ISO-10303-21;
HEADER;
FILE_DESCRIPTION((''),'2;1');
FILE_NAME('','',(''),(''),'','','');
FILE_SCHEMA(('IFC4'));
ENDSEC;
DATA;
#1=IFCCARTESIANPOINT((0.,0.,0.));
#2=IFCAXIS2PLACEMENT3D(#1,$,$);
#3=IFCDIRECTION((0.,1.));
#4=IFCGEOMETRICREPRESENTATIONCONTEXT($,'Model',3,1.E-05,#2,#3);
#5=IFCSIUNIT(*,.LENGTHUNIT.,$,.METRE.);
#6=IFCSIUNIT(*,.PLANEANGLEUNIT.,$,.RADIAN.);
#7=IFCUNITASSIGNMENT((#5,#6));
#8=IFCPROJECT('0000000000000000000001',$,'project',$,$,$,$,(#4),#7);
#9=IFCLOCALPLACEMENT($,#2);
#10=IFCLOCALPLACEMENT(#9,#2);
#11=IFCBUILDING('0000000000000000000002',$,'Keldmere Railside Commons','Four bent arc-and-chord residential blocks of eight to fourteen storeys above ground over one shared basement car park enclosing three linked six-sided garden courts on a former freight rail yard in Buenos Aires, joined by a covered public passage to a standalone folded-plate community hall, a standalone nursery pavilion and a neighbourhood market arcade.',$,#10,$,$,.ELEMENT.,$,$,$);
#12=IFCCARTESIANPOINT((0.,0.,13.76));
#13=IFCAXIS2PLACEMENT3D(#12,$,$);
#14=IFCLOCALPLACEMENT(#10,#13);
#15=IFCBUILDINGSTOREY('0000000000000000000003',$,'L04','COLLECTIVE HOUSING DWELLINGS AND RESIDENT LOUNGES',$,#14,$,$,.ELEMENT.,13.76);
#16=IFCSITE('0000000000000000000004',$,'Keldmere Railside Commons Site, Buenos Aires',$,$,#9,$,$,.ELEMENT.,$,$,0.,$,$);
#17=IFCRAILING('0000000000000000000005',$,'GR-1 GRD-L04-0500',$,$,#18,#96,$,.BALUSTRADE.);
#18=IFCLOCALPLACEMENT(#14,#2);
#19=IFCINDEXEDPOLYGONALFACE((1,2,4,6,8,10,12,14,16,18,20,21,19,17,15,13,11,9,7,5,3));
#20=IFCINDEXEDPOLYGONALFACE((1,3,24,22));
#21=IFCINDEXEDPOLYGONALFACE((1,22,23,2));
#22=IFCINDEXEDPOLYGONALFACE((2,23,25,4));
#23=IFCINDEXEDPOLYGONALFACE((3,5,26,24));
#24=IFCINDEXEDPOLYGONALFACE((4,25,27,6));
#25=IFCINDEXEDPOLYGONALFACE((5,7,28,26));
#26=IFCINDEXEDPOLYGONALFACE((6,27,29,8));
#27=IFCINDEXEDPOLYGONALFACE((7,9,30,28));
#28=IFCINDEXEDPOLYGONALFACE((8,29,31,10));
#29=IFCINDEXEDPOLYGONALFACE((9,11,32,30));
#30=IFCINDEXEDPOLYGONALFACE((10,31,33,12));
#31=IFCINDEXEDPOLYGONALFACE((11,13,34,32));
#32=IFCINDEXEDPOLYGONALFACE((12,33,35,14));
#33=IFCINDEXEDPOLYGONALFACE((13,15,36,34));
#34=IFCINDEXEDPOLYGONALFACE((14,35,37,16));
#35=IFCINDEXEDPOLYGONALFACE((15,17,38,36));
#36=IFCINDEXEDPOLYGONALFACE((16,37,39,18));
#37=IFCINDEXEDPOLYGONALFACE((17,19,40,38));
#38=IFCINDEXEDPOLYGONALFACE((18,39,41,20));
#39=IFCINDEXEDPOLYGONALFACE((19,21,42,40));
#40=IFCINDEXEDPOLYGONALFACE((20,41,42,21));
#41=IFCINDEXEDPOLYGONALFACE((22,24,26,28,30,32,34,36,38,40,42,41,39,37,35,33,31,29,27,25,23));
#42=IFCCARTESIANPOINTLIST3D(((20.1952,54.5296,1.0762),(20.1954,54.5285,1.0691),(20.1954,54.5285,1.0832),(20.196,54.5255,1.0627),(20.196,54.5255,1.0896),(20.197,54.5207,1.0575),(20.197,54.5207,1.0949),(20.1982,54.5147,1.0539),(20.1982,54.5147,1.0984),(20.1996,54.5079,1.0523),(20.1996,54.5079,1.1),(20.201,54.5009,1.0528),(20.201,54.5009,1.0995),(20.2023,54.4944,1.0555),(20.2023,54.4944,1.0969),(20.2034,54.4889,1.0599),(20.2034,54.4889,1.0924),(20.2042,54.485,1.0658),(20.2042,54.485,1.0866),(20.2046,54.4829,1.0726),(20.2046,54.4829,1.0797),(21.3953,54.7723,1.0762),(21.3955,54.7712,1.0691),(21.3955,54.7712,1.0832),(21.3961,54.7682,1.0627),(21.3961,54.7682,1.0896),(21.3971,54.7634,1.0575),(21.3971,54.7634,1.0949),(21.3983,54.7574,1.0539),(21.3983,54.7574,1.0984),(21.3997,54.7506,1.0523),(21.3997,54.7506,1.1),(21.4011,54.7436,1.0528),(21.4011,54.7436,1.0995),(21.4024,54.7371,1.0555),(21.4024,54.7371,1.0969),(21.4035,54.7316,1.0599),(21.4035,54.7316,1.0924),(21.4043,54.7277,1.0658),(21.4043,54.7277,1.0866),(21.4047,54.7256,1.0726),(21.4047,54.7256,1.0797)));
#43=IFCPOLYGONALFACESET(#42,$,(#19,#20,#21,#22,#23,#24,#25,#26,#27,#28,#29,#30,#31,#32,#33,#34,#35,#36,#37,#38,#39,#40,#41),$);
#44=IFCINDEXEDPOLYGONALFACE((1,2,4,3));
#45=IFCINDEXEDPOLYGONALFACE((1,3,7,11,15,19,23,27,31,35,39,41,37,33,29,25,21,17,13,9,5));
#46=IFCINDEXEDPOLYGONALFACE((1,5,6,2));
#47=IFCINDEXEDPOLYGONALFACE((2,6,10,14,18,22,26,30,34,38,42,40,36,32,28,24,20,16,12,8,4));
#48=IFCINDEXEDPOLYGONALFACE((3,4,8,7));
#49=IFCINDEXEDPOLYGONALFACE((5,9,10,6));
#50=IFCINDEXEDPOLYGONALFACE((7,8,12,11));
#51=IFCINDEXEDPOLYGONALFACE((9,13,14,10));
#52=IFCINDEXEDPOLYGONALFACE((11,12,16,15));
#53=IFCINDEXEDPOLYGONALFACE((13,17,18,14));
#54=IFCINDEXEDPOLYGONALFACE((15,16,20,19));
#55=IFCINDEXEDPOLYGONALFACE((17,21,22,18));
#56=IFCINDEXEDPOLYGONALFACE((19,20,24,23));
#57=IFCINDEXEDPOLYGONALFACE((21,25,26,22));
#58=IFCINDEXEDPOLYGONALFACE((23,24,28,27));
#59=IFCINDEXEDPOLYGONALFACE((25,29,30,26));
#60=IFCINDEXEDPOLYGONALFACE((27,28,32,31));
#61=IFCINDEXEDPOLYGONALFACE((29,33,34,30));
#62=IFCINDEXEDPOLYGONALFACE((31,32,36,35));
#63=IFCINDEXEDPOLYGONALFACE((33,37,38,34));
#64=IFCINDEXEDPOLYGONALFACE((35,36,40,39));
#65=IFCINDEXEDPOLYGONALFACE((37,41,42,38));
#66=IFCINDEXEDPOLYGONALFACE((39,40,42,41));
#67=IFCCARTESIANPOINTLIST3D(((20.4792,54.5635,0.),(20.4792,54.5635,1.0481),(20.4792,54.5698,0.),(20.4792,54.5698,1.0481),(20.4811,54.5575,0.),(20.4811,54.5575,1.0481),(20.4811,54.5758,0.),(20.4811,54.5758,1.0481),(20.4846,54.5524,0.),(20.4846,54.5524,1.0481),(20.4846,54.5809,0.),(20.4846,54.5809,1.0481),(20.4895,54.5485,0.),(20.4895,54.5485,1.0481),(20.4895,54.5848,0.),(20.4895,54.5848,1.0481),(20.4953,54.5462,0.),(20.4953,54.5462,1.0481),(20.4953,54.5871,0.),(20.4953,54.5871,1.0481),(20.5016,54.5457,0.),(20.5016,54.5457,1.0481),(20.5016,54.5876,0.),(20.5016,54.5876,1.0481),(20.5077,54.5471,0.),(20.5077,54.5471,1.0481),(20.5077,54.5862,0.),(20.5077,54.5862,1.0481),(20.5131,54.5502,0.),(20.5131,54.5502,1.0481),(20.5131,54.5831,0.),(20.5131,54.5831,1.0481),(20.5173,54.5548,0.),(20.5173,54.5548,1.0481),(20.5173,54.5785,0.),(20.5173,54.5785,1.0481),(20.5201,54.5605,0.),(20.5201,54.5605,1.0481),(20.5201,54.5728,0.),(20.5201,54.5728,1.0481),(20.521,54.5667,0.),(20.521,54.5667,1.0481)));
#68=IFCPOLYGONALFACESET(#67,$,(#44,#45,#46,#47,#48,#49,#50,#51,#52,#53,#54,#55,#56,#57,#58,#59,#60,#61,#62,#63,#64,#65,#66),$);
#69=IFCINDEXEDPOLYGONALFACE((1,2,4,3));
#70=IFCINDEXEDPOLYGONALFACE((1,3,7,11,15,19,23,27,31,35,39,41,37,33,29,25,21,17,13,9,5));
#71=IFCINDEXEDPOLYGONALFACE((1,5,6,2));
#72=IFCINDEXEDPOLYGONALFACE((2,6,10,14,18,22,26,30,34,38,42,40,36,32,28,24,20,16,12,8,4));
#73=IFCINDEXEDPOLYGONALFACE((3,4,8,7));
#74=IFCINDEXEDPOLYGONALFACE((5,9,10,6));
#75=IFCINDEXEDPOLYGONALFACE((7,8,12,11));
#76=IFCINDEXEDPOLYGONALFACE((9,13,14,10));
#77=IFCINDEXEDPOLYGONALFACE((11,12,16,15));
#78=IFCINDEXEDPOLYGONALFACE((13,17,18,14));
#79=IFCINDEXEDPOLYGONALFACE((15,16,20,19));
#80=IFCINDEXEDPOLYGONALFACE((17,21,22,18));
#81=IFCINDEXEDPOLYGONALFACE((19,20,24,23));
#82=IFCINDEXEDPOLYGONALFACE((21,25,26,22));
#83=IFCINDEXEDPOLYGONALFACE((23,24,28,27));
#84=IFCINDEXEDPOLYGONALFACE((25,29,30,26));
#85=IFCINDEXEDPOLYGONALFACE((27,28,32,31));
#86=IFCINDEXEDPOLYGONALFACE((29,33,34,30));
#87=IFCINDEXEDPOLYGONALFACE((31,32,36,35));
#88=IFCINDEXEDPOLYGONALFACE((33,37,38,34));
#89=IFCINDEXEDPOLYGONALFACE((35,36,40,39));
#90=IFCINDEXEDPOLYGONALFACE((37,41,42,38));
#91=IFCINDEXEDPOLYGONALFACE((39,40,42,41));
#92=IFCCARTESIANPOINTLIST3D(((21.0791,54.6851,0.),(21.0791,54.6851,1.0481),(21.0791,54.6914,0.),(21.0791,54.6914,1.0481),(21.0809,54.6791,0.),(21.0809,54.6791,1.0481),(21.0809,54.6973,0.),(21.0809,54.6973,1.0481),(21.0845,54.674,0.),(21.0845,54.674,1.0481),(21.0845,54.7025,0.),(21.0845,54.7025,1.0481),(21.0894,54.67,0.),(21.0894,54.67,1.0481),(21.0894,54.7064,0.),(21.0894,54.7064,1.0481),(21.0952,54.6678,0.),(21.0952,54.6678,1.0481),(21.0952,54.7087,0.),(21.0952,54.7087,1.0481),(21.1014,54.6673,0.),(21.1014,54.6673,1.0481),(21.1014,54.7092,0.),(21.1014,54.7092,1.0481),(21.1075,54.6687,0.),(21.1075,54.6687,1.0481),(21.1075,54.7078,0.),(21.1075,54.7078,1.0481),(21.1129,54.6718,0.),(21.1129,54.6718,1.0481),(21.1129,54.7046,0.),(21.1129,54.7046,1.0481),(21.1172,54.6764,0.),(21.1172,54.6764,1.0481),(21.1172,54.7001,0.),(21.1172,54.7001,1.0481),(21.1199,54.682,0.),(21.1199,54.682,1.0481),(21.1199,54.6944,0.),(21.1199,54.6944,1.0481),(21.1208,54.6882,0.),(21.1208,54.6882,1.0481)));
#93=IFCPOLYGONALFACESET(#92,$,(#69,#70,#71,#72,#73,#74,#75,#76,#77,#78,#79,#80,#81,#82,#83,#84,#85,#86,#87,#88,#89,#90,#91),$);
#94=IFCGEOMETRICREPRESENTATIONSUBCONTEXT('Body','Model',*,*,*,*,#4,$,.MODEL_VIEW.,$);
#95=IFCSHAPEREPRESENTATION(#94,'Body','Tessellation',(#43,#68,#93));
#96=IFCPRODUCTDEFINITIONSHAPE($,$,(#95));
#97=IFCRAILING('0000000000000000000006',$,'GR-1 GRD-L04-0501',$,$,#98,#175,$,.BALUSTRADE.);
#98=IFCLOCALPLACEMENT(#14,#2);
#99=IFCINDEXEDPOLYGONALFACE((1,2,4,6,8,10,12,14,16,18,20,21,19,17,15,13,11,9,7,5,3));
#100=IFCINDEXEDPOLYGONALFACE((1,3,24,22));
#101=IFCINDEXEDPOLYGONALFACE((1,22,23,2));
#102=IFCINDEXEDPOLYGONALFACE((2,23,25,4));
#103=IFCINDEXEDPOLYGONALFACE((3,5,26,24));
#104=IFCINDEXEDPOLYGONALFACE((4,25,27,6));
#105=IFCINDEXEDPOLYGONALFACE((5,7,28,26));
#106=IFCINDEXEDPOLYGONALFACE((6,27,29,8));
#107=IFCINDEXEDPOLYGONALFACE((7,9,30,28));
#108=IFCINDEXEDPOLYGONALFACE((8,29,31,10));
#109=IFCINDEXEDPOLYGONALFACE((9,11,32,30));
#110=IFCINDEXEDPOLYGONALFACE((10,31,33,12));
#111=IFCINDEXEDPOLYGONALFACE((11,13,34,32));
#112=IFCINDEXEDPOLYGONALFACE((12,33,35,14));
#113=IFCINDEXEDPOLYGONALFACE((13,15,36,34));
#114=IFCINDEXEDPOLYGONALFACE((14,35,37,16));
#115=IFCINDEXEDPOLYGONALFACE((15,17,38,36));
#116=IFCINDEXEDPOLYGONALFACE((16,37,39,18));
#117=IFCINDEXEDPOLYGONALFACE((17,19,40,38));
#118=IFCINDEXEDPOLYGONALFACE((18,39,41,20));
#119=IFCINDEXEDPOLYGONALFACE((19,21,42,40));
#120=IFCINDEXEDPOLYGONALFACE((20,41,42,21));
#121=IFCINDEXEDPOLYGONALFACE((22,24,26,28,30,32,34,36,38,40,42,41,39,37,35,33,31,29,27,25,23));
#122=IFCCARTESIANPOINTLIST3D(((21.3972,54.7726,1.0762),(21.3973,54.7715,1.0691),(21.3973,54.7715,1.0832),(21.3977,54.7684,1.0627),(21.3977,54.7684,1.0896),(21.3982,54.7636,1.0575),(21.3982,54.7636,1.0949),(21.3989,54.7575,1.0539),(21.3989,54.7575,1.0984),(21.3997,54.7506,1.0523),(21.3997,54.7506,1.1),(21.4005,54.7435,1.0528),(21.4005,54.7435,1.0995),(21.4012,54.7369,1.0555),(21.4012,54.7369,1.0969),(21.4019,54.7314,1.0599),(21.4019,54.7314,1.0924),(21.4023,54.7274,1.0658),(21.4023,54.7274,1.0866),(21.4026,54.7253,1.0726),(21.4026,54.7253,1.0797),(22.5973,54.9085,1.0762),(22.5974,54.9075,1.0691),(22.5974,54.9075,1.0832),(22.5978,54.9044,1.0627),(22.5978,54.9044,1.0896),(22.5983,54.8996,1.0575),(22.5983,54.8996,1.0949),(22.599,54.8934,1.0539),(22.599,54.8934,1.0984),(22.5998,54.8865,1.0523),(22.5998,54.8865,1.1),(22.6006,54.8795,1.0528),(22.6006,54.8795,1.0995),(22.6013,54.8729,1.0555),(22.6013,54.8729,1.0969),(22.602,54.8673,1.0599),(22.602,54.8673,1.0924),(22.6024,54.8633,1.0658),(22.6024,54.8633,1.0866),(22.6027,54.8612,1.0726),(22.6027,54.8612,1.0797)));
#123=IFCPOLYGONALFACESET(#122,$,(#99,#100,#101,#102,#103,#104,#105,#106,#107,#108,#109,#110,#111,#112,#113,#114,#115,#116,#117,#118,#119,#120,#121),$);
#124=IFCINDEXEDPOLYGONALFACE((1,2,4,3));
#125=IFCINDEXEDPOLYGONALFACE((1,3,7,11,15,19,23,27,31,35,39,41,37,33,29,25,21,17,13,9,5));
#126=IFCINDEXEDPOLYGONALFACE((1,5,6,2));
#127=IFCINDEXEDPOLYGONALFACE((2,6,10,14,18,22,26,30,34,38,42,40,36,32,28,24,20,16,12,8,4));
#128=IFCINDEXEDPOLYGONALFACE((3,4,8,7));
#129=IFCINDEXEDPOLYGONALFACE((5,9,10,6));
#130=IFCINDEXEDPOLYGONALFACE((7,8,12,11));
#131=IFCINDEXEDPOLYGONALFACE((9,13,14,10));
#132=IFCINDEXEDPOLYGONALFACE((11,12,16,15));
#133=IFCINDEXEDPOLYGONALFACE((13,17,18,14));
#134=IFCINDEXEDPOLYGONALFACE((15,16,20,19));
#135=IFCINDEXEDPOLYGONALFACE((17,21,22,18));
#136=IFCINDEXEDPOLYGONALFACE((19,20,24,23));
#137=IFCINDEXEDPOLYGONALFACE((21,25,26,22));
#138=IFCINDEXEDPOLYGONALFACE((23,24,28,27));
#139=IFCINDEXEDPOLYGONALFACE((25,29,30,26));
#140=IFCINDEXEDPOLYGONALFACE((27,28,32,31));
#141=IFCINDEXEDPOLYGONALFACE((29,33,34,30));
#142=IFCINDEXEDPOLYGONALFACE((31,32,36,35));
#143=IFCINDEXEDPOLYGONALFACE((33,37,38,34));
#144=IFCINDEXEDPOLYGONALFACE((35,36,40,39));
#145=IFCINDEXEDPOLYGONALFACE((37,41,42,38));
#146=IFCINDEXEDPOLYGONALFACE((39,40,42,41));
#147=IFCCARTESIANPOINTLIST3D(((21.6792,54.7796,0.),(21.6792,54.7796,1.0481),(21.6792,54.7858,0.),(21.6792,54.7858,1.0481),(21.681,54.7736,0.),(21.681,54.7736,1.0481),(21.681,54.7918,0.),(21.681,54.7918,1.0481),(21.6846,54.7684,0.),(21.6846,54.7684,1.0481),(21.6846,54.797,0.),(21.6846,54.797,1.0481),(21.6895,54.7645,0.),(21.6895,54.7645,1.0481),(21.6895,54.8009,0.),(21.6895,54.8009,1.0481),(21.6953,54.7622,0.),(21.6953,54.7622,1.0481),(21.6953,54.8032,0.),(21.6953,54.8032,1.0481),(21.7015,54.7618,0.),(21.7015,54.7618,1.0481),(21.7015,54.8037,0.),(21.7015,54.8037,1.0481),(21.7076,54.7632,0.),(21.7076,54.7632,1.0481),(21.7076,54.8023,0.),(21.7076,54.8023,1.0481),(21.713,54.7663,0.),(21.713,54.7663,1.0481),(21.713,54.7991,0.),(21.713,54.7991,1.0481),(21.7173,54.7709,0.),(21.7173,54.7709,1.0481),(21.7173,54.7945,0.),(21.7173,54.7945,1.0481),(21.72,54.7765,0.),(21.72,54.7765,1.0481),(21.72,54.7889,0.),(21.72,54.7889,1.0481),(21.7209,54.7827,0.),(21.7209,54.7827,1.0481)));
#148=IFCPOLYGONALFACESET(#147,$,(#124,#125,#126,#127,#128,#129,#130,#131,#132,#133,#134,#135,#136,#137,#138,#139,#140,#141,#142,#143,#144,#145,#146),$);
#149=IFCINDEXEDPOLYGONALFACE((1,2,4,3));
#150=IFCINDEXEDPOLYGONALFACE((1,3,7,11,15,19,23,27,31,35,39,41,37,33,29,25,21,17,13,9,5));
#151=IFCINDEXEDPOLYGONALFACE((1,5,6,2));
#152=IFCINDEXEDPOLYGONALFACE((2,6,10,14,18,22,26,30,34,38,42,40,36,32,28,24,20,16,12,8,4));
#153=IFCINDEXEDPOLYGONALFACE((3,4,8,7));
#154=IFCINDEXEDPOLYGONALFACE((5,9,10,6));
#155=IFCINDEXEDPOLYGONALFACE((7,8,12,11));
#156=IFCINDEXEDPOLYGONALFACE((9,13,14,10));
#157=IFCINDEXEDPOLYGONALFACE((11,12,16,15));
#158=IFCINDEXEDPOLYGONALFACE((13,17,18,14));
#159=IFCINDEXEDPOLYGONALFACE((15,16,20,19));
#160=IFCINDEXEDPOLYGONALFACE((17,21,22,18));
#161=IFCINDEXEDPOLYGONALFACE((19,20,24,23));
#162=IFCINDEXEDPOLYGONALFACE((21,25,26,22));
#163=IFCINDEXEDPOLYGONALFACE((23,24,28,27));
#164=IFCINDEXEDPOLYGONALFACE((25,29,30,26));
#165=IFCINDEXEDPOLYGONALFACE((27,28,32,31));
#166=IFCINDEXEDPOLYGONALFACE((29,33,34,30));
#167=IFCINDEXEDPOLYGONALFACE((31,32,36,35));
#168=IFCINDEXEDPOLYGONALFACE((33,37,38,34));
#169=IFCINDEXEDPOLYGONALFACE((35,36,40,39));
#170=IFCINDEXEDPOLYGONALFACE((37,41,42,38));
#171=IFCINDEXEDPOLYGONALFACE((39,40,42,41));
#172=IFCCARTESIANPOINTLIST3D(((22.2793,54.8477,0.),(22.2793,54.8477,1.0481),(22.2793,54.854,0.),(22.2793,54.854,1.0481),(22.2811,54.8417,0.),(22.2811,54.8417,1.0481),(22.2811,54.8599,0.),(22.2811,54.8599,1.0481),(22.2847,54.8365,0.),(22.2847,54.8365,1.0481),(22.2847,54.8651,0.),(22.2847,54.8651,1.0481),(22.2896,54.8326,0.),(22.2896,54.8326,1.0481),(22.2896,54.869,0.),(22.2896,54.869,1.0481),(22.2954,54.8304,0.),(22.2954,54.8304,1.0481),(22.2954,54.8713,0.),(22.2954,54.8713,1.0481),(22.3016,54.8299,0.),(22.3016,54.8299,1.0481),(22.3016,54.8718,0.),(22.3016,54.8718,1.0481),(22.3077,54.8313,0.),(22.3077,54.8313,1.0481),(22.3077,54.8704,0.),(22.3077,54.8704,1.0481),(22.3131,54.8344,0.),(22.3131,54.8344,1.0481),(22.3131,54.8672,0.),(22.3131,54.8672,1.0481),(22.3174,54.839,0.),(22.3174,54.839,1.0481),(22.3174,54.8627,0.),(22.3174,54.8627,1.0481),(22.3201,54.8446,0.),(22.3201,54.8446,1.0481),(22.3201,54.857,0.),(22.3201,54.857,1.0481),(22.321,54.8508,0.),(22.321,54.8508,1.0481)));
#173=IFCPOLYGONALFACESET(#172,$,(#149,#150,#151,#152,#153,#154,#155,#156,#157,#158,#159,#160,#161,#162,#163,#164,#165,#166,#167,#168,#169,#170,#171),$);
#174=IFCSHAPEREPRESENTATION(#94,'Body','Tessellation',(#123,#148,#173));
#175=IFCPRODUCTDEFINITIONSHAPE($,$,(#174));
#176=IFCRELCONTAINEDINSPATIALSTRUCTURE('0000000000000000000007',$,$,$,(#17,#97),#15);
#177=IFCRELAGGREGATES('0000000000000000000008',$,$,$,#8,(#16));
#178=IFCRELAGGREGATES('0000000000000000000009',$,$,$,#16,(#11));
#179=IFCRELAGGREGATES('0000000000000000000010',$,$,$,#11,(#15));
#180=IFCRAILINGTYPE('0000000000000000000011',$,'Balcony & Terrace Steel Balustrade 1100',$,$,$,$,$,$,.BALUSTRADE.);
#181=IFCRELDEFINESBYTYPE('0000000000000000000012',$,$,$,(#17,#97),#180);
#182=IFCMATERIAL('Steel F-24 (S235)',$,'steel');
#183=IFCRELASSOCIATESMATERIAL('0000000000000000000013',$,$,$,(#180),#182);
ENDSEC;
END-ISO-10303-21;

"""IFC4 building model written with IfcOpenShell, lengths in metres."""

from ifc_helpers import new_model, si_unit, direction, frame, origin, origin_2d, place, context, subcontext, project, spatial, circle, extrude, material, type_object, element, save


model = new_model("IFC4")

# Units and contexts
model_context = context("Model", 3, precision=1e-05, world=origin(), true_north=direction((0.0, 1.0)))
body_context = subcontext(model_context, "Body", "Model", "MODEL_VIEW")
ifc_project = project(units=[si_unit("LENGTHUNIT", "METRE"), si_unit("PLANEANGLEUNIT", "RADIAN")], contexts=[model_context])

# Site, building, storey
site_placement = place(None, origin())
site = spatial("IfcSite", under=ifc_project, at=site_placement, Name="Keldmere Railside Commons Site, Buenos Aires", CompositionType="ELEMENT", RefElevation=0.0)
building_placement = place(site_placement, origin())
building = spatial("IfcBuilding", under=site, at=building_placement, Name="Keldmere Railside Commons", Description="Four bent arc-and-chord residential blocks of eight to fourteen storeys above ground over one shared basement car park enclosing three linked six-sided garden courts on a former freight rail yard in Buenos Aires, joined by a covered public passage to a standalone folded-plate community hall, a standalone nursery pavilion and a neighbourhood market arcade.", CompositionType="ELEMENT")
storey_placement = place(building_placement, frame((0.0, 0.0, 13.76)))
storey = spatial("IfcBuildingStorey", under=building, at=storey_placement, Name="L04", Description="COLLECTIVE HOUSING DWELLINGS AND RESIDENT LOUNGES", CompositionType="ELEMENT", Elevation=13.76)

# Railings
ifc_material_1 = material(Name="Steel F-24 (S235)", Category="steel")
railing_type = type_object("IfcRailingType", Name="Balcony & Terrace Steel Balustrade 1100", PredefinedType="BALUSTRADE", material=ifc_material_1)
railing_1_placement = place(storey_placement, frame((20.2, 54.5061, 0.0)))
element("IfcRailing", 1, at=railing_1_placement, inside=storey, type_object=railing_type, Name="GR-1 GRD-L04-0500", PredefinedType="BALUSTRADE", context=body_context, shape_type="SweptSolid", body=[
    extrude(circle(Radius=0.0239, at=origin_2d()), frame((0.0, 0.0, 1.0762), z_axis=(0.980157, 0.198225, 0.0), x_axis=(-0.198225, 0.980157, 0.0)), (0.0, 0.0, 1.0), 1.2244),
    extrude(circle(Radius=0.021, at=origin_2d()), frame((0.3, 0.0605, 0.0)), (0.0, 0.0, 1.0), 1.0481),
    extrude(circle(Radius=0.021, at=origin_2d()), frame((0.8999, 0.1821, 0.0)), (0.0, 0.0, 1.0), 1.0481),
])
railing_2_placement = place(storey_placement, frame((21.3999, 54.7488, 0.0)))
element("IfcRailing", 2, at=railing_2_placement, inside=storey, type_object=railing_type, Name="GR-1 GRD-L04-0501", PredefinedType="BALUSTRADE", context=body_context, shape_type="SweptSolid", body=[
    extrude(circle(Radius=0.0239, at=origin_2d()), frame((0.0, 0.0, 1.0762), z_axis=(0.993642, 0.112583, 0.0), x_axis=(-0.112583, 0.993642, 0.0)), (0.0, 0.0, 1.0), 1.2078),
    extrude(circle(Radius=0.021, at=origin_2d()), frame((0.3, 0.0339, 0.0)), (0.0, 0.0, 1.0), 1.0481),
    extrude(circle(Radius=0.021, at=origin_2d()), frame((0.9001, 0.1021, 0.0)), (0.0, 0.0, 1.0), 1.0481),
])

save(model, "model.ifc")
